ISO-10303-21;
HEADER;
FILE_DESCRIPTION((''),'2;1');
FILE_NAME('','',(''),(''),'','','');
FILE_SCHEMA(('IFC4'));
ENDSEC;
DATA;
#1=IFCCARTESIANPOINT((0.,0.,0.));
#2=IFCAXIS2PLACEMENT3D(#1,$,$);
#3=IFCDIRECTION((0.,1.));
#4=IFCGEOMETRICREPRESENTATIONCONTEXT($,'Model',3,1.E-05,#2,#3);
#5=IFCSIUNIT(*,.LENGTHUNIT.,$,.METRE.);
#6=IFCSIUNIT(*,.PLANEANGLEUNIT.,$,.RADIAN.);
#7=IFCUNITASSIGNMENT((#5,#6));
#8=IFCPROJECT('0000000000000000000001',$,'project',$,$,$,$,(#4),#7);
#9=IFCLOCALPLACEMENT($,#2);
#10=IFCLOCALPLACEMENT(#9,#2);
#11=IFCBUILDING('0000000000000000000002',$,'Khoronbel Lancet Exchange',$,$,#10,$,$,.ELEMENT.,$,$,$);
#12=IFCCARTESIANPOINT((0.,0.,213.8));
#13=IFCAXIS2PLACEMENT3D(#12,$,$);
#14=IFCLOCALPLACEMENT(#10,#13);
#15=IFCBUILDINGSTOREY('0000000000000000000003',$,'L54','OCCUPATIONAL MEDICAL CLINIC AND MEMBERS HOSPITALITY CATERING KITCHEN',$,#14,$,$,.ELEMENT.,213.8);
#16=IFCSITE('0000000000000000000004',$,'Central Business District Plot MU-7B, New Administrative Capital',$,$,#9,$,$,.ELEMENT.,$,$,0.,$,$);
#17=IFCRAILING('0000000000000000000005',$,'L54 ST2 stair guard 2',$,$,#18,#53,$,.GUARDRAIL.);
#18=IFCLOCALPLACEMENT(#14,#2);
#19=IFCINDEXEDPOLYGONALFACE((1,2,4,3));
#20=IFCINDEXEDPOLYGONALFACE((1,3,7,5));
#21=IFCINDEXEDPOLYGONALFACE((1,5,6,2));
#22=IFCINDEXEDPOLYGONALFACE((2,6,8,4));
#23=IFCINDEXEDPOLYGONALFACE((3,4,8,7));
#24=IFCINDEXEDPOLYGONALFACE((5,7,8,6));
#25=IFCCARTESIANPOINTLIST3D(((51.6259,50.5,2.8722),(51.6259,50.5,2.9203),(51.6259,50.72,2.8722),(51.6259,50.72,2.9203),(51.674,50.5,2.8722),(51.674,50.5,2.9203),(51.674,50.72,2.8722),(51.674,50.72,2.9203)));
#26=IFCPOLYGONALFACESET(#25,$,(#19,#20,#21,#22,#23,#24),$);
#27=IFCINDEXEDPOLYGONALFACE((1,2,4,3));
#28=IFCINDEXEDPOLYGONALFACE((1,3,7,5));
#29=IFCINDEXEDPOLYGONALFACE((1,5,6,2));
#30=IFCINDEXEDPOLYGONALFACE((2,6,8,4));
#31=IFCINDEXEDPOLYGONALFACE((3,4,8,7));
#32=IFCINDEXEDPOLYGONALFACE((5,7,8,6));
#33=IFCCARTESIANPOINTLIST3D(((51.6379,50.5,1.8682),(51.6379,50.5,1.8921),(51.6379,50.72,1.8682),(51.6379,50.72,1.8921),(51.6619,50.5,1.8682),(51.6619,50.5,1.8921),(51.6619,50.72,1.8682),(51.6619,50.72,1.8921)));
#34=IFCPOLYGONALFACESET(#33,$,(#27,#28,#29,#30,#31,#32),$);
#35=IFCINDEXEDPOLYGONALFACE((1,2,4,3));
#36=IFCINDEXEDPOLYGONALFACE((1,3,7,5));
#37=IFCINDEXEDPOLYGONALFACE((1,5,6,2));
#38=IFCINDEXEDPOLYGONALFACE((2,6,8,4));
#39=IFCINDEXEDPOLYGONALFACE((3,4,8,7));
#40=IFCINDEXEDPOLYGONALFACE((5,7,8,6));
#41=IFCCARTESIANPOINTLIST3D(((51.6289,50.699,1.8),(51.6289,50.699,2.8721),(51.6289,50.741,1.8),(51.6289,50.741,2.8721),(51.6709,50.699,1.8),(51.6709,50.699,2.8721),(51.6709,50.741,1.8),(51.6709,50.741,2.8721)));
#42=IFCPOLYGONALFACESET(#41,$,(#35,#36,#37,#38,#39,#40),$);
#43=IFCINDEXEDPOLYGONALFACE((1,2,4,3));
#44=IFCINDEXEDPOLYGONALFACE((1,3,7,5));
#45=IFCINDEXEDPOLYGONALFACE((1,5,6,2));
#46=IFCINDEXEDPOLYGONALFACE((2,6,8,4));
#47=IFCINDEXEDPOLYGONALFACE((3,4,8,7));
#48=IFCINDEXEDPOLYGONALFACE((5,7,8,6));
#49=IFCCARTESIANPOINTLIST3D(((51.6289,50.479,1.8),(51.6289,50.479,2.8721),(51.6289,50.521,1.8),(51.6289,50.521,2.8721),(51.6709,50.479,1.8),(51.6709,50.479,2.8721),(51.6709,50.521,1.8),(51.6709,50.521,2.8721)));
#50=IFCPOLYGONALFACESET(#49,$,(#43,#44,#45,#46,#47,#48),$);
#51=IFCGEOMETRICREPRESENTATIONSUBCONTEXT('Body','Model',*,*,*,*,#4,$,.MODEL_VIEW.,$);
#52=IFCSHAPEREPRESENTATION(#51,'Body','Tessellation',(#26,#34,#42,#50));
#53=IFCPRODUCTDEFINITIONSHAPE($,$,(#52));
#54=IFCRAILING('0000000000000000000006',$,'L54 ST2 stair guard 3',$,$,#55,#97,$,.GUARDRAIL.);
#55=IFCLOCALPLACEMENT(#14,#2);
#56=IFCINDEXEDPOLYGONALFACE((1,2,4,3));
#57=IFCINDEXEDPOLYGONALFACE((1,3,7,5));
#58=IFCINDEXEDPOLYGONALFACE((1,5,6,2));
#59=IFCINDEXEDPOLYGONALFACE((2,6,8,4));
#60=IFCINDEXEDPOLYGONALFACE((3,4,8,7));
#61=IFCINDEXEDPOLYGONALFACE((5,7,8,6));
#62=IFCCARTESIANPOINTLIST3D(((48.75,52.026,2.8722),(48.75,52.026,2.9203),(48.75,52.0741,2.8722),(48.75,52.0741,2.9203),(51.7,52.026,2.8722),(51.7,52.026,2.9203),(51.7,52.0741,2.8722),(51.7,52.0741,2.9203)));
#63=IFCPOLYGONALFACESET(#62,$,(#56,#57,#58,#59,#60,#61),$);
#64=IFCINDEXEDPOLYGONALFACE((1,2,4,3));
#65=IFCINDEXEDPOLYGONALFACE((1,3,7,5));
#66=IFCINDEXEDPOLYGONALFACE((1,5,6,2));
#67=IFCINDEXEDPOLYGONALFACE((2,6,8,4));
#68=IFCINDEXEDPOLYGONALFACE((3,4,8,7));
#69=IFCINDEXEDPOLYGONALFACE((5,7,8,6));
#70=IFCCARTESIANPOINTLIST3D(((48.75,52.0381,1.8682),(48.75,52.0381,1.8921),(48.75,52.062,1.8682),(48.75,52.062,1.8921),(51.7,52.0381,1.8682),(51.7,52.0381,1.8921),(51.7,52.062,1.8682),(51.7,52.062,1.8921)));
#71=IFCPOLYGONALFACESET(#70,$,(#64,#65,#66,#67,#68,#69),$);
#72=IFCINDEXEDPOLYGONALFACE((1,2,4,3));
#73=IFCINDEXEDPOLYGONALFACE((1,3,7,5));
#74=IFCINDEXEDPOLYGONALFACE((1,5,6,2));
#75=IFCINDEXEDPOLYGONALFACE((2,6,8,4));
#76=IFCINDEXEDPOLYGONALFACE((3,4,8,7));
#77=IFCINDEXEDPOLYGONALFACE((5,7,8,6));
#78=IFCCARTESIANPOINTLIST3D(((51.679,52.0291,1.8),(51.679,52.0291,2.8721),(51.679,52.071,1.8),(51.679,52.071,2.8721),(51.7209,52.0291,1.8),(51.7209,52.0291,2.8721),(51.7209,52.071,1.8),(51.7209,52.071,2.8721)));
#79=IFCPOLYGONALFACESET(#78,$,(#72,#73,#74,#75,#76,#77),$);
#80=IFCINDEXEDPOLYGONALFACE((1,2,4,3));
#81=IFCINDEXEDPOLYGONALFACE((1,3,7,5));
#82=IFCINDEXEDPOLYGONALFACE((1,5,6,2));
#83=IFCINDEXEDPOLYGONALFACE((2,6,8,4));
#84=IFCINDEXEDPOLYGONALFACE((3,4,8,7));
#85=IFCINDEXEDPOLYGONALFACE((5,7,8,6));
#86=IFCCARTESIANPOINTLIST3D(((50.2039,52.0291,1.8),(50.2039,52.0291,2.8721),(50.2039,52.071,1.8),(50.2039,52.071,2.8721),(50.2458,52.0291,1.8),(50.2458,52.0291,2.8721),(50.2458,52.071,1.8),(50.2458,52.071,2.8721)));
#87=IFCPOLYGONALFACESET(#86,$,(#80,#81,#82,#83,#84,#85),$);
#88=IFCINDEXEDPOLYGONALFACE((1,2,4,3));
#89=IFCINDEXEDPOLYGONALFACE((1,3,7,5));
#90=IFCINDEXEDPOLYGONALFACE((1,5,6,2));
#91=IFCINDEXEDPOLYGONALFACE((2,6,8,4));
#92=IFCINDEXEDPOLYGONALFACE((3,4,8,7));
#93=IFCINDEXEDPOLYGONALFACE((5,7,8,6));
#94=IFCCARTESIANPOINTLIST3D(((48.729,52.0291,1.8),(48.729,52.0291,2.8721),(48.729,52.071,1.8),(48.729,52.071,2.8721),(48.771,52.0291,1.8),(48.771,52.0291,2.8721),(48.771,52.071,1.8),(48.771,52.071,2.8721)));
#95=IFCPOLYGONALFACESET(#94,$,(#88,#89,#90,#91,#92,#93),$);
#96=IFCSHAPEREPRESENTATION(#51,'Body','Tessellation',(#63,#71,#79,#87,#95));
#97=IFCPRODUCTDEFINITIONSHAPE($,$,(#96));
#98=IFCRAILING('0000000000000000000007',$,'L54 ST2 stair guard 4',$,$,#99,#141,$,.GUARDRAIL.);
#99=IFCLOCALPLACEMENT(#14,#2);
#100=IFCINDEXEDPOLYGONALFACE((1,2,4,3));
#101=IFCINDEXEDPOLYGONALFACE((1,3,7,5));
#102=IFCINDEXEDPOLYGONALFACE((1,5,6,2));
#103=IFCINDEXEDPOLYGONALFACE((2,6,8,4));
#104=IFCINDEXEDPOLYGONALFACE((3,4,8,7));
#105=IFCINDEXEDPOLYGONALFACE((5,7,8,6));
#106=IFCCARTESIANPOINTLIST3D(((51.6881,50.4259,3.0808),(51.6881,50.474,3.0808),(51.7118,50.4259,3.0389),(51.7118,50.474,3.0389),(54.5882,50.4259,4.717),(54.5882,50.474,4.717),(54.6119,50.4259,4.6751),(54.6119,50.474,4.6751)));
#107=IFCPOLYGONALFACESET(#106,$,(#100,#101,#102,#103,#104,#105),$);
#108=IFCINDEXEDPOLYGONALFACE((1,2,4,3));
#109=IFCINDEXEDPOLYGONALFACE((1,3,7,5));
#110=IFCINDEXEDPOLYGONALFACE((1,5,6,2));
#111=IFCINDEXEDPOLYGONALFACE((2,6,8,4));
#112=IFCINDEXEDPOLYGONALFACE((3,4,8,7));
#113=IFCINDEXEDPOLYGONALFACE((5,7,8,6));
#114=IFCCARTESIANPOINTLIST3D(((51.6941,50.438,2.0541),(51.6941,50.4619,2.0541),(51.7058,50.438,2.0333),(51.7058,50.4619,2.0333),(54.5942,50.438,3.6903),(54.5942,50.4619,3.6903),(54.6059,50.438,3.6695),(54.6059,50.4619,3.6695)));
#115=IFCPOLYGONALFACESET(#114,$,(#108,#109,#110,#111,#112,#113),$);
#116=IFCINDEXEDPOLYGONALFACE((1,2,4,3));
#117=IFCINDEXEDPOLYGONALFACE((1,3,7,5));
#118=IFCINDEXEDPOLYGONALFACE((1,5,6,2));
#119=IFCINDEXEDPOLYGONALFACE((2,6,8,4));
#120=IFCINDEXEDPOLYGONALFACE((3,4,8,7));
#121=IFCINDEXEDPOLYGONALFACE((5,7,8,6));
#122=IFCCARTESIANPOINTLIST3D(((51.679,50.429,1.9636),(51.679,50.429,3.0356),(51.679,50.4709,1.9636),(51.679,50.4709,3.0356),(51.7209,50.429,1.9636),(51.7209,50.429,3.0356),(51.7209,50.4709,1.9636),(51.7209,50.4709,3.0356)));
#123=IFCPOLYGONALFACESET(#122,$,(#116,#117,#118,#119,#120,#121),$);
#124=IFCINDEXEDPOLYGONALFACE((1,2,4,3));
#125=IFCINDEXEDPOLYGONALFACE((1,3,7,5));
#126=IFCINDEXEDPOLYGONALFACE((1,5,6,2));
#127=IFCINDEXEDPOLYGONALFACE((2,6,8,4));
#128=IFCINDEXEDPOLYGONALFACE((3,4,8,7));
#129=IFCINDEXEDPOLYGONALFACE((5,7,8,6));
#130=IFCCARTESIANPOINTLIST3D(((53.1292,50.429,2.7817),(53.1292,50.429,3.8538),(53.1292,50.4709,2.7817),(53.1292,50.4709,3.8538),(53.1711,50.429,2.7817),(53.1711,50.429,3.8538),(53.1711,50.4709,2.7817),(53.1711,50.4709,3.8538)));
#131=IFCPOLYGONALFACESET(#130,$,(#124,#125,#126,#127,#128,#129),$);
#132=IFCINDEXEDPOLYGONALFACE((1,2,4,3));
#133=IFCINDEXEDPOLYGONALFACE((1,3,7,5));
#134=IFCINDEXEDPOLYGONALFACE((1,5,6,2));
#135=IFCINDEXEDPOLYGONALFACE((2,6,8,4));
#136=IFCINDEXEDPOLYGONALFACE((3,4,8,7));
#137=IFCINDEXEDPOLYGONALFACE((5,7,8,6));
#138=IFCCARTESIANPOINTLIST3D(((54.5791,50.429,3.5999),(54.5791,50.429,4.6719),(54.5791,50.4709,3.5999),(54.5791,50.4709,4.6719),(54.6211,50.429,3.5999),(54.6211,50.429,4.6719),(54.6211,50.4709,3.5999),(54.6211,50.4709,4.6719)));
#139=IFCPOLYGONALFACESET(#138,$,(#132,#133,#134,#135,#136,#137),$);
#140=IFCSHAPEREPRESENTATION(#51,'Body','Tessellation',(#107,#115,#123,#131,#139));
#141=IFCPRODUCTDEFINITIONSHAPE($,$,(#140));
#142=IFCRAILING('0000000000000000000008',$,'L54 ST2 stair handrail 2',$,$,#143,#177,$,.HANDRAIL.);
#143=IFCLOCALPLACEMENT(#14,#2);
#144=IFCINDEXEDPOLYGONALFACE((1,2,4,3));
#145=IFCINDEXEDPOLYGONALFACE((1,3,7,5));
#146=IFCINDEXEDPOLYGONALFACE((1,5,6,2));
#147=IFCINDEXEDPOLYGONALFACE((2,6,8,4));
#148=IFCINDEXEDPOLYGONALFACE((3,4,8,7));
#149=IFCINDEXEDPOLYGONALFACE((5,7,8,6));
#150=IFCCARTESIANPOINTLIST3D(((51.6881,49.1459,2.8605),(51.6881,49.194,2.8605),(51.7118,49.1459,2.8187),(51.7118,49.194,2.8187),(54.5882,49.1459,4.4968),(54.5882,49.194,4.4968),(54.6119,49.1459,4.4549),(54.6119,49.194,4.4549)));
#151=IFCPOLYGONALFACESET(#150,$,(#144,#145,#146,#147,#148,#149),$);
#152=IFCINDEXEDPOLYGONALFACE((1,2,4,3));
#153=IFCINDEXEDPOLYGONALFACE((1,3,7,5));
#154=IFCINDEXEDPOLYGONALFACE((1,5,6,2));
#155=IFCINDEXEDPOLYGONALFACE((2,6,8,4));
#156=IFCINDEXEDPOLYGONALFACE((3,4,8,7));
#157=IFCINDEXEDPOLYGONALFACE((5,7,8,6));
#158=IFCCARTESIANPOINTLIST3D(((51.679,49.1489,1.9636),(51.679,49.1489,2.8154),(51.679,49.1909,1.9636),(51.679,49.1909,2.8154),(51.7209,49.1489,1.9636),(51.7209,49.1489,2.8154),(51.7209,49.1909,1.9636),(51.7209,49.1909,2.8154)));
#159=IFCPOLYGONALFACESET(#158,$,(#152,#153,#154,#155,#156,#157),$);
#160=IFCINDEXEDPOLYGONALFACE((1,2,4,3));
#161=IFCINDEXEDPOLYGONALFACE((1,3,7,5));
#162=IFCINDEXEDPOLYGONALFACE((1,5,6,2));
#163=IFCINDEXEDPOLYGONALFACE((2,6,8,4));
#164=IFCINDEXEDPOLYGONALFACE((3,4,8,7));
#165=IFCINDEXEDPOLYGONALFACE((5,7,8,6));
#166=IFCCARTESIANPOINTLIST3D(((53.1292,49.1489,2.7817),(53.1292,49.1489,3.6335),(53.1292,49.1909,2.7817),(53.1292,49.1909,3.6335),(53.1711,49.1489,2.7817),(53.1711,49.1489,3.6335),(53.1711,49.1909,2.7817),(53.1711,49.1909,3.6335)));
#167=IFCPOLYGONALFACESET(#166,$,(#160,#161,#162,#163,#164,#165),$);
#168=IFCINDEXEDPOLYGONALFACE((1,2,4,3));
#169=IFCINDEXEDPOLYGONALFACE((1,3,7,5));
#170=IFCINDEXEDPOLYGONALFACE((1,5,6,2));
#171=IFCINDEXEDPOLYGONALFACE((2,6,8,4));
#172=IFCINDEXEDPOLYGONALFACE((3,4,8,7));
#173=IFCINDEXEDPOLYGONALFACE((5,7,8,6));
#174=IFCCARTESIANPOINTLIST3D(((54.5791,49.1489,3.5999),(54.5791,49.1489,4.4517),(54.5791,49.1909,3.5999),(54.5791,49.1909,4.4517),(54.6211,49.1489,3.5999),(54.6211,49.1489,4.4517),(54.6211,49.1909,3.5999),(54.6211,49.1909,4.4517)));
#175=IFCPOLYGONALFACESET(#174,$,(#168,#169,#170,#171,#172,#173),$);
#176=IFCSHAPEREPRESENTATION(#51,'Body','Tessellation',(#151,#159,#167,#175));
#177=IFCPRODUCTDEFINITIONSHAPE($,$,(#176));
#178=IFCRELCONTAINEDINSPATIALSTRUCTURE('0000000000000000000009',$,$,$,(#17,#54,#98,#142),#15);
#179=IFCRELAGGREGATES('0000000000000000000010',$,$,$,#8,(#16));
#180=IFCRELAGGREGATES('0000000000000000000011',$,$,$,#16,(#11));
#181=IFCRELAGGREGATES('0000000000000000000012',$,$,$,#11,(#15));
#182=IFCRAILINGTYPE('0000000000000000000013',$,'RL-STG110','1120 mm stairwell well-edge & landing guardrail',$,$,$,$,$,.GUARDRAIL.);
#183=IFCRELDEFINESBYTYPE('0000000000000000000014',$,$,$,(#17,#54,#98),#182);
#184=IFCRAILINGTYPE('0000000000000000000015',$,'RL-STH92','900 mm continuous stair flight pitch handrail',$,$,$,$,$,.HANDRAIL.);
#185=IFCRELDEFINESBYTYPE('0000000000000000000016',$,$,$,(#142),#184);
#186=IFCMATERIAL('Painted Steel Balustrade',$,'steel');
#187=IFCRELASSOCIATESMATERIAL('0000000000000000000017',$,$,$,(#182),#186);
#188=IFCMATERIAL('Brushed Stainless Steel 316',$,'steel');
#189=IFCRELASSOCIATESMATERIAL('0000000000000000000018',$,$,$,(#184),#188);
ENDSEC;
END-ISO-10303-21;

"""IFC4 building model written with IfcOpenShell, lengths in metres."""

from ifc_helpers import new_model, si_unit, direction, frame, origin, origin_2d, place, context, subcontext, project, spatial, rectangle, extrude, material, type_object, element, save


model = new_model("IFC4")

# Units and contexts
model_context = context("Model", 3, precision=1e-05, world=origin(), true_north=direction((0.0, 1.0)))
body_context = subcontext(model_context, "Body", "Model", "MODEL_VIEW")
ifc_project = project(units=[si_unit("LENGTHUNIT", "METRE"), si_unit("PLANEANGLEUNIT", "RADIAN")], contexts=[model_context])

# Site, building, storey
site_placement = place(None, origin())
site = spatial("IfcSite", under=ifc_project, at=site_placement, Name="Central Business District Plot MU-7B, New Administrative Capital", CompositionType="ELEMENT", RefElevation=0.0)
building_placement = place(site_placement, origin())
building = spatial("IfcBuilding", under=site, at=building_placement, Name="Khoronbel Lancet Exchange", CompositionType="ELEMENT")
storey_placement = place(building_placement, frame((0.0, 0.0, 213.8)))
storey = spatial("IfcBuildingStorey", under=building, at=storey_placement, Name="L54", Description="OCCUPATIONAL MEDICAL CLINIC AND MEMBERS HOSPITALITY CATERING KITCHEN", CompositionType="ELEMENT", Elevation=213.8)

# Railings
ifc_material_1 = material(Name="Painted Steel Balustrade", Category="steel")
railing_type_1 = type_object("IfcRailingType", Name="RL-STG110", Description="1120 mm stairwell well-edge & landing guardrail", PredefinedType="GUARDRAIL", material=ifc_material_1)
railing_1_placement = place(storey_placement, frame((51.6499, 50.72, 1.8)))
element("IfcRailing", 1, at=railing_1_placement, inside=storey, type_object=railing_type_1, Name="L54 ST2 stair guard 2", PredefinedType="GUARDRAIL", context=body_context, shape_type="SweptSolid", body=[
    extrude(rectangle(XDim=0.0481, YDim=0.0481, at=origin_2d()), frame((0.0, 0.0, 1.0962), z_axis=(0.0, -1.0, 0.0), x_axis=(1.0, 0.0, 0.0)), (0.0, 0.0, 1.0), 0.22),
    extrude(rectangle(XDim=0.0239, YDim=0.0239, at=origin_2d()), frame((0.0, 0.0, 0.0801), z_axis=(0.0, -1.0, 0.0), x_axis=(1.0, 0.0, 0.0)), (0.0, 0.0, 1.0), 0.22),
    extrude(rectangle(XDim=0.042, YDim=0.042, at=origin_2d()), origin(), (0.0, 0.0, 1.0), 1.072),
    extrude(rectangle(XDim=0.042, YDim=0.042, at=origin_2d()), frame((0.0, -0.22, 0.0)), (0.0, 0.0, 1.0), 1.072),
])
railing_2_placement = place(storey_placement, frame((51.7, 52.05, 1.8)))
element("IfcRailing", 2, at=railing_2_placement, inside=storey, type_object=railing_type_1, Name="L54 ST2 stair guard 3", PredefinedType="GUARDRAIL", context=body_context, shape_type="SweptSolid", body=[
    extrude(rectangle(XDim=0.0481, YDim=0.0481, at=origin_2d()), frame((0.0, 0.0, 1.0962), z_axis=(-1.0, 0.0, 0.0), x_axis=(0.0, -1.0, 0.0)), (0.0, 0.0, 1.0), 2.95),
    extrude(rectangle(XDim=0.0239, YDim=0.0239, at=origin_2d()), frame((0.0, 0.0, 0.0801), z_axis=(-1.0, 0.0, 0.0), x_axis=(0.0, -1.0, 0.0)), (0.0, 0.0, 1.0), 2.95),
    extrude(rectangle(XDim=0.042, YDim=0.042, at=origin_2d()), origin(), (0.0, 0.0, 1.0), 1.072),
    extrude(rectangle(XDim=0.042, YDim=0.042, at=origin_2d()), frame((-1.4751, 0.0, 0.0)), (0.0, 0.0, 1.0), 1.072),
    extrude(rectangle(XDim=0.042, YDim=0.042, at=origin_2d()), frame((-2.95, 0.0, 0.0)), (0.0, 0.0, 1.0), 1.072),
])
railing_3_placement = place(storey_placement, frame((51.7, 50.45, 1.9636)))
element("IfcRailing", 3, at=railing_3_placement, inside=storey, type_object=railing_type_1, Name="L54 ST2 stair guard 4", PredefinedType="GUARDRAIL", context=body_context, shape_type="SweptSolid", body=[
    extrude(rectangle(XDim=0.0481, YDim=0.0481, at=origin_2d()), frame((0.0, 0.0, 1.0962), z_axis=(0.870946, 0.0, 0.491378), x_axis=(0.0, 1.0, 0.0)), (0.0, 0.0, 1.0), 3.3298),
    extrude(rectangle(XDim=0.0239, YDim=0.0239, at=origin_2d()), frame((0.0, 0.0, 0.0801), z_axis=(0.870946, 0.0, 0.491378), x_axis=(0.0, 1.0, 0.0)), (0.0, 0.0, 1.0), 3.3298),
    extrude(rectangle(XDim=0.042, YDim=0.042, at=origin_2d()), origin(), (0.0, 0.0, 1.0), 1.072),
    extrude(rectangle(XDim=0.042, YDim=0.042, at=origin_2d()), frame((1.4502, 0.0, 0.8181)), (0.0, 0.0, 1.0), 1.072),
    extrude(rectangle(XDim=0.042, YDim=0.042, at=origin_2d()), frame((2.9001, 0.0, 1.6362)), (0.0, 0.0, 1.0), 1.072),
])
ifc_material_2 = material(Name="Brushed Stainless Steel 316", Category="steel")
railing_type_2 = type_object("IfcRailingType", Name="RL-STH92", Description="900 mm continuous stair flight pitch handrail", PredefinedType="HANDRAIL", material=ifc_material_2)
railing_4_placement = place(storey_placement, frame((51.7, 49.1699, 1.9636)))
element("IfcRailing", 4, at=railing_4_placement, inside=storey, type_object=railing_type_2, Name="L54 ST2 stair handrail 2", PredefinedType="HANDRAIL", context=body_context, shape_type="SweptSolid", body=[
    extrude(rectangle(XDim=0.0481, YDim=0.0481, at=origin_2d()), frame((0.0, 0.0, 0.876), z_axis=(0.870946, 0.0, 0.491378), x_axis=(0.0, 1.0, 0.0)), (0.0, 0.0, 1.0), 3.3298),
    extrude(rectangle(XDim=0.042, YDim=0.042, at=origin_2d()), origin(), (0.0, 0.0, 1.0), 0.8518),
    extrude(rectangle(XDim=0.042, YDim=0.042, at=origin_2d()), frame((1.4502, 0.0, 0.8181)), (0.0, 0.0, 1.0), 0.8518),
    extrude(rectangle(XDim=0.042, YDim=0.042, at=origin_2d()), frame((2.9001, 0.0, 1.6362)), (0.0, 0.0, 1.0), 0.8518),
])

save(model, "model.ifc")
